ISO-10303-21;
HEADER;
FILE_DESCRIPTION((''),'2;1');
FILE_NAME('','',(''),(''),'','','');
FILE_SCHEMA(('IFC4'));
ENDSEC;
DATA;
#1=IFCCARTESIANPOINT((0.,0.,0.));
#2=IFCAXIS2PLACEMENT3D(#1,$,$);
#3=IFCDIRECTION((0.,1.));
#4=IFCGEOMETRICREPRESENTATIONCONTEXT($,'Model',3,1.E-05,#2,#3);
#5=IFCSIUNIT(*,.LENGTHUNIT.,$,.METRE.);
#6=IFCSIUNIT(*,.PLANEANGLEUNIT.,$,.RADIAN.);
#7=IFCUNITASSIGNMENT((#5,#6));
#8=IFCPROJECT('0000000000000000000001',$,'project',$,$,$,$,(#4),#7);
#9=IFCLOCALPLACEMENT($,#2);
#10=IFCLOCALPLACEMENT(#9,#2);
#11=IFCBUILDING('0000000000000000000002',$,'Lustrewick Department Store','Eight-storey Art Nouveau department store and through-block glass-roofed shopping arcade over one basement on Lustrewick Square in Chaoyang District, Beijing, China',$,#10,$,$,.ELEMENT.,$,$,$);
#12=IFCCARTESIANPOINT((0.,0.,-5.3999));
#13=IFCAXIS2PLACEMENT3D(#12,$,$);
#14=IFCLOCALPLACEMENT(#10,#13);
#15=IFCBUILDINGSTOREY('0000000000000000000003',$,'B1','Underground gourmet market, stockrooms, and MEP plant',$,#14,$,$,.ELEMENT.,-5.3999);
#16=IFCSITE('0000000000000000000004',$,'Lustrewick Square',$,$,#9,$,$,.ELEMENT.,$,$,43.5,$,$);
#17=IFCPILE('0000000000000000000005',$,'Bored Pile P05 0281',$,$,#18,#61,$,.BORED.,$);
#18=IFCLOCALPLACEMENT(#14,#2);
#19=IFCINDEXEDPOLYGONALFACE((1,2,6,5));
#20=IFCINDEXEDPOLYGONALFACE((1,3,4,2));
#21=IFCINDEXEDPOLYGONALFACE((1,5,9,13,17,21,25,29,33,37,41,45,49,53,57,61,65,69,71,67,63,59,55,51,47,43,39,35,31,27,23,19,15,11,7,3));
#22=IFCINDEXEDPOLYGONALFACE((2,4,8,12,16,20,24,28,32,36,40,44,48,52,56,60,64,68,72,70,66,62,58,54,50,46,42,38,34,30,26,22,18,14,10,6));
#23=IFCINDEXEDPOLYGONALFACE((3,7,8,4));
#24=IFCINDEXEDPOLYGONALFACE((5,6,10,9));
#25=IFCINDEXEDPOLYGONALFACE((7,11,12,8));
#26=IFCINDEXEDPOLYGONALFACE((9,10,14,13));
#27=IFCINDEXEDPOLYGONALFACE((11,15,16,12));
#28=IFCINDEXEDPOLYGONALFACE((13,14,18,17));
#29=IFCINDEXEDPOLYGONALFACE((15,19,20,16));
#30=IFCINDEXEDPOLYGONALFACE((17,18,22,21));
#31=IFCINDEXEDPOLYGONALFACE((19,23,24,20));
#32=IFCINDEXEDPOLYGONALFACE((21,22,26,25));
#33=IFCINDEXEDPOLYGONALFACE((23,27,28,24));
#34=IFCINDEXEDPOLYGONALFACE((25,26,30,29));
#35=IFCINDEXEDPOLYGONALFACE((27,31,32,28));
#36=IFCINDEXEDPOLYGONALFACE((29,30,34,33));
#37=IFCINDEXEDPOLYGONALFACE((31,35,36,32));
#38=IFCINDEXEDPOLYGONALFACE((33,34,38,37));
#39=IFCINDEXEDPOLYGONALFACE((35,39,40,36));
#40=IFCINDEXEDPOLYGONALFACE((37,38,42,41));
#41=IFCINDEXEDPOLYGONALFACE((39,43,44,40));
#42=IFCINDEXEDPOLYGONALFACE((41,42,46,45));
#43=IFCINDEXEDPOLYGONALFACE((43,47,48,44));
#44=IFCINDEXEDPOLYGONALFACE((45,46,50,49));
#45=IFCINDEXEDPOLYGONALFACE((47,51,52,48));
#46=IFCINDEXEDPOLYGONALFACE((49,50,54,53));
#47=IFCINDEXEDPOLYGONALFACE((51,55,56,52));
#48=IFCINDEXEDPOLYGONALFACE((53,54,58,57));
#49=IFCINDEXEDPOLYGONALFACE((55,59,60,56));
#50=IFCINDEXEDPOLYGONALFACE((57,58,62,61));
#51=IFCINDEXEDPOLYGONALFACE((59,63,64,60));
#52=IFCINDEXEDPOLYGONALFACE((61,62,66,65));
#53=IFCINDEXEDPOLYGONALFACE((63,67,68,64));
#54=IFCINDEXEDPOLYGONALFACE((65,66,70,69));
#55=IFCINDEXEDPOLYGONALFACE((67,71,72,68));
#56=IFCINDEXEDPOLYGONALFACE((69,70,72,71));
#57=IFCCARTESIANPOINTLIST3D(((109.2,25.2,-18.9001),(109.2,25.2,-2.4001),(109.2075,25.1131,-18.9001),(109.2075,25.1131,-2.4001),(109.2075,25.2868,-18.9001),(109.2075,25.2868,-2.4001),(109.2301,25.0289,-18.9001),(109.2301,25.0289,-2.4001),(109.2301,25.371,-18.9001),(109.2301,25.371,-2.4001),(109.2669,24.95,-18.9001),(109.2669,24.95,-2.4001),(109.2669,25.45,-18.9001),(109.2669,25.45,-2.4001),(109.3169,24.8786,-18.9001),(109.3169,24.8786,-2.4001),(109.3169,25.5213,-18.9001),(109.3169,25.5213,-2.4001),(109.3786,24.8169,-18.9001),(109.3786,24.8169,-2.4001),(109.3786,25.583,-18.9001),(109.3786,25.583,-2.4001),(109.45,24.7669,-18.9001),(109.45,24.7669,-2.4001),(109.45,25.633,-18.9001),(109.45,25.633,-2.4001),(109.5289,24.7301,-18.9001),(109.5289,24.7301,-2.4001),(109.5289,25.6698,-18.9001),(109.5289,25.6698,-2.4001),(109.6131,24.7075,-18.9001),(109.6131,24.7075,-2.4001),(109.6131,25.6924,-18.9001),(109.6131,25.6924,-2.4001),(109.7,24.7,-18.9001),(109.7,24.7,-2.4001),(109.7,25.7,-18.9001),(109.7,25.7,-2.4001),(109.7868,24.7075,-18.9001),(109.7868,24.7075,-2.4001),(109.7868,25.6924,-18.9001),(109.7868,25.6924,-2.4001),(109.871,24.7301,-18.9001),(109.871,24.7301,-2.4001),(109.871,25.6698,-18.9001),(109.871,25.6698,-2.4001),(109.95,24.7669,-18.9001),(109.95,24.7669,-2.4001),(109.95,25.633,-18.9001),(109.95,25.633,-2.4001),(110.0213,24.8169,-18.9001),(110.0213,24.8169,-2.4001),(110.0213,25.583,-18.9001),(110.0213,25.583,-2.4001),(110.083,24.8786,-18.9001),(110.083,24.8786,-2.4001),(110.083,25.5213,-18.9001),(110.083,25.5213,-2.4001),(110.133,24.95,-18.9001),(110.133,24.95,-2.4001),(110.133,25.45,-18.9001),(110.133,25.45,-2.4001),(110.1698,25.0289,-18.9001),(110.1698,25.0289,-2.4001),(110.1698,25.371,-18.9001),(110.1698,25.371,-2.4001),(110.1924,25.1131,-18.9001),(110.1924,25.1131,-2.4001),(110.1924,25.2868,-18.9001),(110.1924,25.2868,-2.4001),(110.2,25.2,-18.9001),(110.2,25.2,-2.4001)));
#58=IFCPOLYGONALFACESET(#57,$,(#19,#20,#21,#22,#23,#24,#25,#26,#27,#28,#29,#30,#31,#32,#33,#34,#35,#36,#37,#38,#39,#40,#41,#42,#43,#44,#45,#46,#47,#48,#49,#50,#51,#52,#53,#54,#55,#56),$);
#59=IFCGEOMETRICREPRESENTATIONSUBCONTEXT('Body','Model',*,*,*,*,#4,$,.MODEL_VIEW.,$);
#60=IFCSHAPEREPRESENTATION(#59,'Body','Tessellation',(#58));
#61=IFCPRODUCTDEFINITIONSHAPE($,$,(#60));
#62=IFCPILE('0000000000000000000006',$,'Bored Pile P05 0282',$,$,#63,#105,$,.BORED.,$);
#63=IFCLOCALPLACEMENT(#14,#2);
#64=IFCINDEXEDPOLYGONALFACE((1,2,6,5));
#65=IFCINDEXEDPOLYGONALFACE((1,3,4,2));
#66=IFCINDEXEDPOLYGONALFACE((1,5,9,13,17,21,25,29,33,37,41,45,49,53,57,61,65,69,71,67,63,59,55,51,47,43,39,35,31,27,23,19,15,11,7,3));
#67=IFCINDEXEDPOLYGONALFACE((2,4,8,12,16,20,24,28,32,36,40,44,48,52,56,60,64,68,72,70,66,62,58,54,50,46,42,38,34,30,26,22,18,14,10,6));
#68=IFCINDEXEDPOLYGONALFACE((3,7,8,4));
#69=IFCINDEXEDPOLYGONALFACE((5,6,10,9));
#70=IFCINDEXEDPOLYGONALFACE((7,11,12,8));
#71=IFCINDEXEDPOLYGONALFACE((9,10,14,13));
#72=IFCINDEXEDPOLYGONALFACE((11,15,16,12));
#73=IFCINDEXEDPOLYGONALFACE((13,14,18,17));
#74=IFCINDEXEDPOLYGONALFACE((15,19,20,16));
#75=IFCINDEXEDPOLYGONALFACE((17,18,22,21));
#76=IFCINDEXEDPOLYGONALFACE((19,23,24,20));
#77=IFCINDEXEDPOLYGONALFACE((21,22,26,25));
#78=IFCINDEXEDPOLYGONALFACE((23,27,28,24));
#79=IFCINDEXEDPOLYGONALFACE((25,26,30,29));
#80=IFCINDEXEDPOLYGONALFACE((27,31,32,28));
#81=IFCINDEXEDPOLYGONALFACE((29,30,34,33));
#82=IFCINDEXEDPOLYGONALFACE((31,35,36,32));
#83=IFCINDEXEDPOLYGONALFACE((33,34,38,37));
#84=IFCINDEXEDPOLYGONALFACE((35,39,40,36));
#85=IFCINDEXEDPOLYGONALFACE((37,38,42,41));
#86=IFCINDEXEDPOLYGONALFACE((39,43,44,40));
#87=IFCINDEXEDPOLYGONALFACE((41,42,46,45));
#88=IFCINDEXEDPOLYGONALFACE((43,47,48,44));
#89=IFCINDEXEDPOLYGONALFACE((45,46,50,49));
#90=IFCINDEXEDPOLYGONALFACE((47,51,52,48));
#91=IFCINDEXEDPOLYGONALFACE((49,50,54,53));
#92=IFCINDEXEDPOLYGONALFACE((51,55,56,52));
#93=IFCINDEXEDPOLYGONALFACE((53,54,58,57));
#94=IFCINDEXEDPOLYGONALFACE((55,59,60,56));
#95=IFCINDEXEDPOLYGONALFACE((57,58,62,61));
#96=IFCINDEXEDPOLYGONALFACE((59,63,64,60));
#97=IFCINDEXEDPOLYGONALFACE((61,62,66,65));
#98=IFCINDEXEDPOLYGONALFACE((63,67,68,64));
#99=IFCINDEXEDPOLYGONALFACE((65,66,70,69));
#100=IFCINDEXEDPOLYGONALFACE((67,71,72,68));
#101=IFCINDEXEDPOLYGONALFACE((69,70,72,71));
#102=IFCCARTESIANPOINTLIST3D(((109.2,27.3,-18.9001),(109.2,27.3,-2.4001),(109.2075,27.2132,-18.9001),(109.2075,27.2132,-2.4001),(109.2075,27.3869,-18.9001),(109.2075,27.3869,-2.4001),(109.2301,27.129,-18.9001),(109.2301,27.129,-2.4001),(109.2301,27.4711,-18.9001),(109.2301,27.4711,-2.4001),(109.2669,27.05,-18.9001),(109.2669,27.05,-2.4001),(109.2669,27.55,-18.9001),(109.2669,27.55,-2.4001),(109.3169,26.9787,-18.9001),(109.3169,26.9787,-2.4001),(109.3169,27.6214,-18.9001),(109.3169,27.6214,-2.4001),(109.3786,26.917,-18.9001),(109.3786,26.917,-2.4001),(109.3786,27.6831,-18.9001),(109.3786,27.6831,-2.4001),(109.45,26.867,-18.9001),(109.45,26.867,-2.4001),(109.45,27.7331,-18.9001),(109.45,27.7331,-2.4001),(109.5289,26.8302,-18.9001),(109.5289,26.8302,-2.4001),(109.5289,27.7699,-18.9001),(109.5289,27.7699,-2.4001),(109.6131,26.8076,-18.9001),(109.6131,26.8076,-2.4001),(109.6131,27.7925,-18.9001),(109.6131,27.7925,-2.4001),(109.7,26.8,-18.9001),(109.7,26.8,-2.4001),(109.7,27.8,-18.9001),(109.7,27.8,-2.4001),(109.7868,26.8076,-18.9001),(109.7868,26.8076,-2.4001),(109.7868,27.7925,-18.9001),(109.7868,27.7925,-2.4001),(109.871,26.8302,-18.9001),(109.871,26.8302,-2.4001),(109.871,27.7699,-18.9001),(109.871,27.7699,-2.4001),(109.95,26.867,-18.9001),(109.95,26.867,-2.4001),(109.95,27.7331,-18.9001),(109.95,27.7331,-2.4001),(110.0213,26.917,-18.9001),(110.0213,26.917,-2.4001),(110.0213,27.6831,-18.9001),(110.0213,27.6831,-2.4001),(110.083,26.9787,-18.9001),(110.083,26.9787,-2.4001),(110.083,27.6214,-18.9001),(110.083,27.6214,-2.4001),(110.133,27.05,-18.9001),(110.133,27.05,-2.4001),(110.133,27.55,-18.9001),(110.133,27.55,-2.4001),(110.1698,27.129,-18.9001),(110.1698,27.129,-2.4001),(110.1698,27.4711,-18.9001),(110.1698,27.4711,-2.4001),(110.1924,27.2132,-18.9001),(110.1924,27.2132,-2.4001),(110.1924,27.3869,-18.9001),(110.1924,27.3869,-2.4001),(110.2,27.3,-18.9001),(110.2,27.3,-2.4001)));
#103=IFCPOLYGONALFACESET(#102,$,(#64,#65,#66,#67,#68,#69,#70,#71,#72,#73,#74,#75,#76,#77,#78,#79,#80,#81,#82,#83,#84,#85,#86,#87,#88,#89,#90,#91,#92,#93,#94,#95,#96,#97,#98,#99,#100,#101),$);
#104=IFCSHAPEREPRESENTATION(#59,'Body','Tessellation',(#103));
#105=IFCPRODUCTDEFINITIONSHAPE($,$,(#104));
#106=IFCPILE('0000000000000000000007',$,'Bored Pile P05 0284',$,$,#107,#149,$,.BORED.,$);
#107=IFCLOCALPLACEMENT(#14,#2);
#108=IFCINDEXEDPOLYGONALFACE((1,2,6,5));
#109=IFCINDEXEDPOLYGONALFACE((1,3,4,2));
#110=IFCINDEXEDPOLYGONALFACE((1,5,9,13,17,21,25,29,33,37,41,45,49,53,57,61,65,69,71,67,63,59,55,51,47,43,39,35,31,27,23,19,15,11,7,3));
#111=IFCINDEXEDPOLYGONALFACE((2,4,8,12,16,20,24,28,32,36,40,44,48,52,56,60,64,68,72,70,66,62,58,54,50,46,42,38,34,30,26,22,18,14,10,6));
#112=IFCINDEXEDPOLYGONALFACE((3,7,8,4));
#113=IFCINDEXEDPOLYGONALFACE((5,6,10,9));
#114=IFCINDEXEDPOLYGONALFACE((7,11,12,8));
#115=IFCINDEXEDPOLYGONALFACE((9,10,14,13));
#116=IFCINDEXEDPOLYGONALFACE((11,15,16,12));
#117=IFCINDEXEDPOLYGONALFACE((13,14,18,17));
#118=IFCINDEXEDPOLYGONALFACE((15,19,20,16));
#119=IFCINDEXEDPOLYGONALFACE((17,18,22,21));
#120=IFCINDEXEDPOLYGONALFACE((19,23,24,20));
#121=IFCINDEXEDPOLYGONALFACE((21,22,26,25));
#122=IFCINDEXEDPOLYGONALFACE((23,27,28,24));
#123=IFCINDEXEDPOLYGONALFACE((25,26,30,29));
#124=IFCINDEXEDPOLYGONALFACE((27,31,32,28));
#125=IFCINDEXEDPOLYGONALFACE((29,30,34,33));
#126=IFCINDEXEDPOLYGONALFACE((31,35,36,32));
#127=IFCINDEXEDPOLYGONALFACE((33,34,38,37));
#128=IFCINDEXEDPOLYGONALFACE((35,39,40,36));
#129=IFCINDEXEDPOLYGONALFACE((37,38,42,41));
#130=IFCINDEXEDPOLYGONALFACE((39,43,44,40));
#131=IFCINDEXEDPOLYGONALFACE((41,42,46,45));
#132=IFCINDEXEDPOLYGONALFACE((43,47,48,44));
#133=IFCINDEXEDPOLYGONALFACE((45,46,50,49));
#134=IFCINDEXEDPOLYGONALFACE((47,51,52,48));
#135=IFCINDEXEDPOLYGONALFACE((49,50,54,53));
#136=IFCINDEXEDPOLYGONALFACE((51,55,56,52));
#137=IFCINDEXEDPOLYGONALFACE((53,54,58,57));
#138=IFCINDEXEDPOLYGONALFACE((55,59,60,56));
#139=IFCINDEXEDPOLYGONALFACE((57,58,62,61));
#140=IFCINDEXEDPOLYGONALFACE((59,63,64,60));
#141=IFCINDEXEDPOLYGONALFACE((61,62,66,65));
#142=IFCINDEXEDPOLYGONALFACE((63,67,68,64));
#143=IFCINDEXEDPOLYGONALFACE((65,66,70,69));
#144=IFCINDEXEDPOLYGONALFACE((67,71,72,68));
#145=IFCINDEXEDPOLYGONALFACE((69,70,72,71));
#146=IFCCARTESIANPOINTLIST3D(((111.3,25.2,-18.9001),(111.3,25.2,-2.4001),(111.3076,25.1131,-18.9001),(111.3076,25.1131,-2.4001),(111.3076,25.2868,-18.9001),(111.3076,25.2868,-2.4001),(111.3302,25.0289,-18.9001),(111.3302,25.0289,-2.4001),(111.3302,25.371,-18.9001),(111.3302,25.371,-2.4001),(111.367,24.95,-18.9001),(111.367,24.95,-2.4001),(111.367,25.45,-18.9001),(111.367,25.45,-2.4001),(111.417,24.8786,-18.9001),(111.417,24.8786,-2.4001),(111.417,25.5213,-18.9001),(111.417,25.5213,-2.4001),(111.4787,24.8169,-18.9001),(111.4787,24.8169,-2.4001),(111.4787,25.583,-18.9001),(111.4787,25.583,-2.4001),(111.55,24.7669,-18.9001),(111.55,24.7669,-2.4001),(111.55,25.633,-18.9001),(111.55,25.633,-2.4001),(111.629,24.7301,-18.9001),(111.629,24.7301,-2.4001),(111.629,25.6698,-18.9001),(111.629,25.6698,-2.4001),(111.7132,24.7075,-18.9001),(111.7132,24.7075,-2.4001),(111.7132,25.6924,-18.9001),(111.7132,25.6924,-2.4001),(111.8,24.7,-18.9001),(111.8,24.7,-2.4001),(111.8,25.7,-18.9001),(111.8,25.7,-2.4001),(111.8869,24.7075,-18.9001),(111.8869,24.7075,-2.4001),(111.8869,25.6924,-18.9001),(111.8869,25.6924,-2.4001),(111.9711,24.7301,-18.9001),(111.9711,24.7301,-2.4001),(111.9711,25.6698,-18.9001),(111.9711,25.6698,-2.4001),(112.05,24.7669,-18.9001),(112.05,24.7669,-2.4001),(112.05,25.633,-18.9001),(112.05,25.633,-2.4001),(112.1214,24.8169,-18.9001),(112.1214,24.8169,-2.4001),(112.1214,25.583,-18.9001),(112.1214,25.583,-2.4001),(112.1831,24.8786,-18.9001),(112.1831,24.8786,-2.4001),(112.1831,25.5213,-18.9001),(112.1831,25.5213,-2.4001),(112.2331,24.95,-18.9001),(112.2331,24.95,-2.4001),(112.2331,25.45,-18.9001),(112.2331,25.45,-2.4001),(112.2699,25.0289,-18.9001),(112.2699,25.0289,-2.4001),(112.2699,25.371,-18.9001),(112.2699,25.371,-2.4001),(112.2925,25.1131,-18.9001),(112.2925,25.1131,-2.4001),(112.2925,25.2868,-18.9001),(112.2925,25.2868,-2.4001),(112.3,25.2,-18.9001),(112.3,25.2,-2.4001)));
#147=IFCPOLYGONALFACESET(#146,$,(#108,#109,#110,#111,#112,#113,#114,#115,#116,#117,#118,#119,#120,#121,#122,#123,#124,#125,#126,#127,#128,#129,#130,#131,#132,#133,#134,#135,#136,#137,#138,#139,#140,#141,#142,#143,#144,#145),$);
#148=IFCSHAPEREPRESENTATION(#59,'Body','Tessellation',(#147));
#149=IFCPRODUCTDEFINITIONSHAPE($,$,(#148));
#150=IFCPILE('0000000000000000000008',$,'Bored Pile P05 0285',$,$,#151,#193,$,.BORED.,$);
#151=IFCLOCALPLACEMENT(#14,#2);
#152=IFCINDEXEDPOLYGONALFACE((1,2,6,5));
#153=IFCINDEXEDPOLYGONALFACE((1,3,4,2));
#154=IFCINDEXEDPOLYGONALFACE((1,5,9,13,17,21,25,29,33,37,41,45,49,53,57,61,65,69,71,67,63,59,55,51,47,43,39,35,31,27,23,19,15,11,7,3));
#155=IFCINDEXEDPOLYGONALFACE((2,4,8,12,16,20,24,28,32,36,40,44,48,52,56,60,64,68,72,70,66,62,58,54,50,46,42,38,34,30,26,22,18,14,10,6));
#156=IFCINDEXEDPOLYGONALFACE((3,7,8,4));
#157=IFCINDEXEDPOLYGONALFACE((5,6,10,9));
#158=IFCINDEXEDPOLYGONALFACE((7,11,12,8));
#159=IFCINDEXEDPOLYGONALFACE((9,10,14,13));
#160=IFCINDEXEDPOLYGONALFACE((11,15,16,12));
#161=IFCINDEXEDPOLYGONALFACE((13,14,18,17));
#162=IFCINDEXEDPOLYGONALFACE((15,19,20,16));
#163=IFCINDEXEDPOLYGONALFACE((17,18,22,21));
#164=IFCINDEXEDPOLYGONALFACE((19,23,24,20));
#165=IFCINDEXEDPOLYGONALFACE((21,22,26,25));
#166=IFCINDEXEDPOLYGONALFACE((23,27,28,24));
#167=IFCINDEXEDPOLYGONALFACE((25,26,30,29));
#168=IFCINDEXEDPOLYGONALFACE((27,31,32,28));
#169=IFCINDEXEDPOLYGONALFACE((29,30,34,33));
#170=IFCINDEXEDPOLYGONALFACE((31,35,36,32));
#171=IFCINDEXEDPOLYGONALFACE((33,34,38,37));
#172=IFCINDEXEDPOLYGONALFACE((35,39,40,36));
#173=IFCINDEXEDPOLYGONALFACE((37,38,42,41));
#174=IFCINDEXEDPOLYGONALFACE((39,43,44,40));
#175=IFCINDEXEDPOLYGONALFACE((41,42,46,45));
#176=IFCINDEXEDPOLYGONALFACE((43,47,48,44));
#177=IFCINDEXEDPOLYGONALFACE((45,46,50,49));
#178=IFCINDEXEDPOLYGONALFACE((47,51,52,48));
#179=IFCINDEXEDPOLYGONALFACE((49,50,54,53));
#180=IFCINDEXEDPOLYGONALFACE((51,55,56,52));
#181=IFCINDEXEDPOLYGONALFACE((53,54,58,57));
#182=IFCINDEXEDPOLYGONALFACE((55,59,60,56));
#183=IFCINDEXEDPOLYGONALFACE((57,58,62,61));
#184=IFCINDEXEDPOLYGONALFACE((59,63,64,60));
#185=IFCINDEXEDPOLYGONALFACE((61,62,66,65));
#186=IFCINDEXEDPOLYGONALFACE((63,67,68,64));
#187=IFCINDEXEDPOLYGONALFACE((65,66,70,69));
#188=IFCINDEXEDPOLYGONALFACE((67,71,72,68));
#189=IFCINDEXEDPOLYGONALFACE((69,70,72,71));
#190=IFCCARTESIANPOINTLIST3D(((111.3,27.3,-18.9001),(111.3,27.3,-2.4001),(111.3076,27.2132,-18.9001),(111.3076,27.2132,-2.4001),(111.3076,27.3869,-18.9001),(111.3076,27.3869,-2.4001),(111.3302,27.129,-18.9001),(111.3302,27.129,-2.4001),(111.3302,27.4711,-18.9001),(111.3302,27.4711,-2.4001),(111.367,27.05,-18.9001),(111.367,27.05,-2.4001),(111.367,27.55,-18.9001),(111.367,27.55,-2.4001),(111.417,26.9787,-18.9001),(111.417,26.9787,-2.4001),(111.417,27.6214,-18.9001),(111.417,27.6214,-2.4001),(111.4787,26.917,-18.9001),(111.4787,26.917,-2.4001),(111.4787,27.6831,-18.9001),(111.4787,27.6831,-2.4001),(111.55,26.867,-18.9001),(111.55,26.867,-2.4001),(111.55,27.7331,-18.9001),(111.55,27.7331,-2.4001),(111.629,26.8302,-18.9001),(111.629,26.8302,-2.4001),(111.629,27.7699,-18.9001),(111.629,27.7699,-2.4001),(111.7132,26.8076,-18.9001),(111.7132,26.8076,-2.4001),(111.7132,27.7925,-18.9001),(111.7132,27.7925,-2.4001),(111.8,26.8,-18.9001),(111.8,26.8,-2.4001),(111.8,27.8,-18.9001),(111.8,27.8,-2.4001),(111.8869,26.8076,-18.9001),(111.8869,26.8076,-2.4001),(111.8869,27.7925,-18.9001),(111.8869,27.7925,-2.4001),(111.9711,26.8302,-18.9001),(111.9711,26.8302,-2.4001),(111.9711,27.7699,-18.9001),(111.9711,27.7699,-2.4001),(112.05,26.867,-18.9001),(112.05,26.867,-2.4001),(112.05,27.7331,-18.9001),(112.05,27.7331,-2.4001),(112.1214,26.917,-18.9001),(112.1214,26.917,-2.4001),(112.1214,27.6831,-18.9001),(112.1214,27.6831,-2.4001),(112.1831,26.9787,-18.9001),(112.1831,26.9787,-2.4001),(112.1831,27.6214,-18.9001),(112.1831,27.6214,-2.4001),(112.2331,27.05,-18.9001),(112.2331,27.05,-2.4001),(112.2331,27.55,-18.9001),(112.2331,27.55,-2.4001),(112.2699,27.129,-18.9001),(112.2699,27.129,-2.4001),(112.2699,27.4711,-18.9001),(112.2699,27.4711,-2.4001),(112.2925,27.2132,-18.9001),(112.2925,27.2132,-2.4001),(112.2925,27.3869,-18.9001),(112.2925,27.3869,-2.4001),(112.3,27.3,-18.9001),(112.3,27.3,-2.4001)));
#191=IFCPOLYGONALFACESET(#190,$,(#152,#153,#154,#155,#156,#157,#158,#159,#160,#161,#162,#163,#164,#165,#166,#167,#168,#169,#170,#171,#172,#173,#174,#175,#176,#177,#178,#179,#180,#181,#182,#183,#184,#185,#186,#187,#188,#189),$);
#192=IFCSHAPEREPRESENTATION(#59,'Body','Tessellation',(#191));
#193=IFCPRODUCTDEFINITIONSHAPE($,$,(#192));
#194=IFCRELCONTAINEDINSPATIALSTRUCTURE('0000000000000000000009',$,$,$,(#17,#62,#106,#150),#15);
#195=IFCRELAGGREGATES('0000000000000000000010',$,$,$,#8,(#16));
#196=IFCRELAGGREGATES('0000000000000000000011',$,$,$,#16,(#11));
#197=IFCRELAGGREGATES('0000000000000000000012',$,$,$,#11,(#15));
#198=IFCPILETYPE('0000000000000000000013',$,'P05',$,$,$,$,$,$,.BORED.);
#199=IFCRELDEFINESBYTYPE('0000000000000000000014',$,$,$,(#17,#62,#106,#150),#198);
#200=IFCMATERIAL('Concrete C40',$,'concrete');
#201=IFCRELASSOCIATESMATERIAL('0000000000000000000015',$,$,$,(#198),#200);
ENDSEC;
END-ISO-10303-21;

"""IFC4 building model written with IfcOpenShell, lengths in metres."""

from ifc_helpers import new_model, si_unit, direction, frame, origin, origin_2d, place, context, subcontext, project, spatial, circle, extrude, material, material_profile, profile_set, type_object, element, save


model = new_model("IFC4")

# Units and contexts
model_context = context("Model", 3, precision=1e-05, world=origin(), true_north=direction((0.0, 1.0)))
body_context = subcontext(model_context, "Body", "Model", "MODEL_VIEW")
ifc_project = project(units=[si_unit("LENGTHUNIT", "METRE"), si_unit("PLANEANGLEUNIT", "RADIAN")], contexts=[model_context])

# Site, building, storey
site_placement = place(None, origin())
site = spatial("IfcSite", under=ifc_project, at=site_placement, Name="Lustrewick Square", CompositionType="ELEMENT", RefElevation=43.5)
building_placement = place(site_placement, origin())
building = spatial("IfcBuilding", under=site, at=building_placement, Name="Lustrewick Department Store", Description="Eight-storey Art Nouveau department store and through-block glass-roofed shopping arcade over one basement on Lustrewick Square in Chaoyang District, Beijing, China", CompositionType="ELEMENT")
storey_placement = place(building_placement, frame((0.0, 0.0, -5.3999)))
storey = spatial("IfcBuildingStorey", under=building, at=storey_placement, Name="B1", Description="Underground gourmet market, stockrooms, and MEP plant", CompositionType="ELEMENT", Elevation=-5.3999)

# Piles
ifc_material_1 = material(Name="Concrete C40", Category="concrete")
ifc_material_profile_1 = material_profile(ifc_material_1, circle(Radius=0.5, at=origin_2d()), Name="PILE D1000")
ifc_profile_set_1 = profile_set([ifc_material_profile_1], Name="Concrete C40")
pile_type_1 = type_object("IfcPileType", Name="P05", PredefinedType="BORED", material=ifc_profile_set_1)
for number, where, z_axis, x_axis, name in (
    (1, (109.7, 25.2, -2.4001), (0.0, 0.0, -1.0), (1.0, 0.0, 0.0), "Bored Pile P05 0281"),
    (2, (109.7, 27.3, -2.4001), (0.0, 0.0, -1.0), (1.0, 0.0, 0.0), "Bored Pile P05 0282"),
    (3, (111.8, 25.2, -2.4001), (0.0, 0.0, -1.0), (1.0, 0.0, 0.0), "Bored Pile P05 0284"),
    (4, (111.8, 27.3, -2.4001), (0.0, 0.0, -1.0), (1.0, 0.0, 0.0), "Bored Pile P05 0285"),
):
    element("IfcPile", number, at=place(storey_placement, frame(where, z_axis=z_axis, x_axis=x_axis)), inside=storey, type_object=pile_type_1, Name=name, PredefinedType="BORED", context=body_context, shape_type="SweptSolid", body=[
        extrude(circle(Radius=0.5, at=origin_2d()), origin(), (0.0, 0.0, 1.0), 16.5),
    ])

save(model, "model.ifc")
